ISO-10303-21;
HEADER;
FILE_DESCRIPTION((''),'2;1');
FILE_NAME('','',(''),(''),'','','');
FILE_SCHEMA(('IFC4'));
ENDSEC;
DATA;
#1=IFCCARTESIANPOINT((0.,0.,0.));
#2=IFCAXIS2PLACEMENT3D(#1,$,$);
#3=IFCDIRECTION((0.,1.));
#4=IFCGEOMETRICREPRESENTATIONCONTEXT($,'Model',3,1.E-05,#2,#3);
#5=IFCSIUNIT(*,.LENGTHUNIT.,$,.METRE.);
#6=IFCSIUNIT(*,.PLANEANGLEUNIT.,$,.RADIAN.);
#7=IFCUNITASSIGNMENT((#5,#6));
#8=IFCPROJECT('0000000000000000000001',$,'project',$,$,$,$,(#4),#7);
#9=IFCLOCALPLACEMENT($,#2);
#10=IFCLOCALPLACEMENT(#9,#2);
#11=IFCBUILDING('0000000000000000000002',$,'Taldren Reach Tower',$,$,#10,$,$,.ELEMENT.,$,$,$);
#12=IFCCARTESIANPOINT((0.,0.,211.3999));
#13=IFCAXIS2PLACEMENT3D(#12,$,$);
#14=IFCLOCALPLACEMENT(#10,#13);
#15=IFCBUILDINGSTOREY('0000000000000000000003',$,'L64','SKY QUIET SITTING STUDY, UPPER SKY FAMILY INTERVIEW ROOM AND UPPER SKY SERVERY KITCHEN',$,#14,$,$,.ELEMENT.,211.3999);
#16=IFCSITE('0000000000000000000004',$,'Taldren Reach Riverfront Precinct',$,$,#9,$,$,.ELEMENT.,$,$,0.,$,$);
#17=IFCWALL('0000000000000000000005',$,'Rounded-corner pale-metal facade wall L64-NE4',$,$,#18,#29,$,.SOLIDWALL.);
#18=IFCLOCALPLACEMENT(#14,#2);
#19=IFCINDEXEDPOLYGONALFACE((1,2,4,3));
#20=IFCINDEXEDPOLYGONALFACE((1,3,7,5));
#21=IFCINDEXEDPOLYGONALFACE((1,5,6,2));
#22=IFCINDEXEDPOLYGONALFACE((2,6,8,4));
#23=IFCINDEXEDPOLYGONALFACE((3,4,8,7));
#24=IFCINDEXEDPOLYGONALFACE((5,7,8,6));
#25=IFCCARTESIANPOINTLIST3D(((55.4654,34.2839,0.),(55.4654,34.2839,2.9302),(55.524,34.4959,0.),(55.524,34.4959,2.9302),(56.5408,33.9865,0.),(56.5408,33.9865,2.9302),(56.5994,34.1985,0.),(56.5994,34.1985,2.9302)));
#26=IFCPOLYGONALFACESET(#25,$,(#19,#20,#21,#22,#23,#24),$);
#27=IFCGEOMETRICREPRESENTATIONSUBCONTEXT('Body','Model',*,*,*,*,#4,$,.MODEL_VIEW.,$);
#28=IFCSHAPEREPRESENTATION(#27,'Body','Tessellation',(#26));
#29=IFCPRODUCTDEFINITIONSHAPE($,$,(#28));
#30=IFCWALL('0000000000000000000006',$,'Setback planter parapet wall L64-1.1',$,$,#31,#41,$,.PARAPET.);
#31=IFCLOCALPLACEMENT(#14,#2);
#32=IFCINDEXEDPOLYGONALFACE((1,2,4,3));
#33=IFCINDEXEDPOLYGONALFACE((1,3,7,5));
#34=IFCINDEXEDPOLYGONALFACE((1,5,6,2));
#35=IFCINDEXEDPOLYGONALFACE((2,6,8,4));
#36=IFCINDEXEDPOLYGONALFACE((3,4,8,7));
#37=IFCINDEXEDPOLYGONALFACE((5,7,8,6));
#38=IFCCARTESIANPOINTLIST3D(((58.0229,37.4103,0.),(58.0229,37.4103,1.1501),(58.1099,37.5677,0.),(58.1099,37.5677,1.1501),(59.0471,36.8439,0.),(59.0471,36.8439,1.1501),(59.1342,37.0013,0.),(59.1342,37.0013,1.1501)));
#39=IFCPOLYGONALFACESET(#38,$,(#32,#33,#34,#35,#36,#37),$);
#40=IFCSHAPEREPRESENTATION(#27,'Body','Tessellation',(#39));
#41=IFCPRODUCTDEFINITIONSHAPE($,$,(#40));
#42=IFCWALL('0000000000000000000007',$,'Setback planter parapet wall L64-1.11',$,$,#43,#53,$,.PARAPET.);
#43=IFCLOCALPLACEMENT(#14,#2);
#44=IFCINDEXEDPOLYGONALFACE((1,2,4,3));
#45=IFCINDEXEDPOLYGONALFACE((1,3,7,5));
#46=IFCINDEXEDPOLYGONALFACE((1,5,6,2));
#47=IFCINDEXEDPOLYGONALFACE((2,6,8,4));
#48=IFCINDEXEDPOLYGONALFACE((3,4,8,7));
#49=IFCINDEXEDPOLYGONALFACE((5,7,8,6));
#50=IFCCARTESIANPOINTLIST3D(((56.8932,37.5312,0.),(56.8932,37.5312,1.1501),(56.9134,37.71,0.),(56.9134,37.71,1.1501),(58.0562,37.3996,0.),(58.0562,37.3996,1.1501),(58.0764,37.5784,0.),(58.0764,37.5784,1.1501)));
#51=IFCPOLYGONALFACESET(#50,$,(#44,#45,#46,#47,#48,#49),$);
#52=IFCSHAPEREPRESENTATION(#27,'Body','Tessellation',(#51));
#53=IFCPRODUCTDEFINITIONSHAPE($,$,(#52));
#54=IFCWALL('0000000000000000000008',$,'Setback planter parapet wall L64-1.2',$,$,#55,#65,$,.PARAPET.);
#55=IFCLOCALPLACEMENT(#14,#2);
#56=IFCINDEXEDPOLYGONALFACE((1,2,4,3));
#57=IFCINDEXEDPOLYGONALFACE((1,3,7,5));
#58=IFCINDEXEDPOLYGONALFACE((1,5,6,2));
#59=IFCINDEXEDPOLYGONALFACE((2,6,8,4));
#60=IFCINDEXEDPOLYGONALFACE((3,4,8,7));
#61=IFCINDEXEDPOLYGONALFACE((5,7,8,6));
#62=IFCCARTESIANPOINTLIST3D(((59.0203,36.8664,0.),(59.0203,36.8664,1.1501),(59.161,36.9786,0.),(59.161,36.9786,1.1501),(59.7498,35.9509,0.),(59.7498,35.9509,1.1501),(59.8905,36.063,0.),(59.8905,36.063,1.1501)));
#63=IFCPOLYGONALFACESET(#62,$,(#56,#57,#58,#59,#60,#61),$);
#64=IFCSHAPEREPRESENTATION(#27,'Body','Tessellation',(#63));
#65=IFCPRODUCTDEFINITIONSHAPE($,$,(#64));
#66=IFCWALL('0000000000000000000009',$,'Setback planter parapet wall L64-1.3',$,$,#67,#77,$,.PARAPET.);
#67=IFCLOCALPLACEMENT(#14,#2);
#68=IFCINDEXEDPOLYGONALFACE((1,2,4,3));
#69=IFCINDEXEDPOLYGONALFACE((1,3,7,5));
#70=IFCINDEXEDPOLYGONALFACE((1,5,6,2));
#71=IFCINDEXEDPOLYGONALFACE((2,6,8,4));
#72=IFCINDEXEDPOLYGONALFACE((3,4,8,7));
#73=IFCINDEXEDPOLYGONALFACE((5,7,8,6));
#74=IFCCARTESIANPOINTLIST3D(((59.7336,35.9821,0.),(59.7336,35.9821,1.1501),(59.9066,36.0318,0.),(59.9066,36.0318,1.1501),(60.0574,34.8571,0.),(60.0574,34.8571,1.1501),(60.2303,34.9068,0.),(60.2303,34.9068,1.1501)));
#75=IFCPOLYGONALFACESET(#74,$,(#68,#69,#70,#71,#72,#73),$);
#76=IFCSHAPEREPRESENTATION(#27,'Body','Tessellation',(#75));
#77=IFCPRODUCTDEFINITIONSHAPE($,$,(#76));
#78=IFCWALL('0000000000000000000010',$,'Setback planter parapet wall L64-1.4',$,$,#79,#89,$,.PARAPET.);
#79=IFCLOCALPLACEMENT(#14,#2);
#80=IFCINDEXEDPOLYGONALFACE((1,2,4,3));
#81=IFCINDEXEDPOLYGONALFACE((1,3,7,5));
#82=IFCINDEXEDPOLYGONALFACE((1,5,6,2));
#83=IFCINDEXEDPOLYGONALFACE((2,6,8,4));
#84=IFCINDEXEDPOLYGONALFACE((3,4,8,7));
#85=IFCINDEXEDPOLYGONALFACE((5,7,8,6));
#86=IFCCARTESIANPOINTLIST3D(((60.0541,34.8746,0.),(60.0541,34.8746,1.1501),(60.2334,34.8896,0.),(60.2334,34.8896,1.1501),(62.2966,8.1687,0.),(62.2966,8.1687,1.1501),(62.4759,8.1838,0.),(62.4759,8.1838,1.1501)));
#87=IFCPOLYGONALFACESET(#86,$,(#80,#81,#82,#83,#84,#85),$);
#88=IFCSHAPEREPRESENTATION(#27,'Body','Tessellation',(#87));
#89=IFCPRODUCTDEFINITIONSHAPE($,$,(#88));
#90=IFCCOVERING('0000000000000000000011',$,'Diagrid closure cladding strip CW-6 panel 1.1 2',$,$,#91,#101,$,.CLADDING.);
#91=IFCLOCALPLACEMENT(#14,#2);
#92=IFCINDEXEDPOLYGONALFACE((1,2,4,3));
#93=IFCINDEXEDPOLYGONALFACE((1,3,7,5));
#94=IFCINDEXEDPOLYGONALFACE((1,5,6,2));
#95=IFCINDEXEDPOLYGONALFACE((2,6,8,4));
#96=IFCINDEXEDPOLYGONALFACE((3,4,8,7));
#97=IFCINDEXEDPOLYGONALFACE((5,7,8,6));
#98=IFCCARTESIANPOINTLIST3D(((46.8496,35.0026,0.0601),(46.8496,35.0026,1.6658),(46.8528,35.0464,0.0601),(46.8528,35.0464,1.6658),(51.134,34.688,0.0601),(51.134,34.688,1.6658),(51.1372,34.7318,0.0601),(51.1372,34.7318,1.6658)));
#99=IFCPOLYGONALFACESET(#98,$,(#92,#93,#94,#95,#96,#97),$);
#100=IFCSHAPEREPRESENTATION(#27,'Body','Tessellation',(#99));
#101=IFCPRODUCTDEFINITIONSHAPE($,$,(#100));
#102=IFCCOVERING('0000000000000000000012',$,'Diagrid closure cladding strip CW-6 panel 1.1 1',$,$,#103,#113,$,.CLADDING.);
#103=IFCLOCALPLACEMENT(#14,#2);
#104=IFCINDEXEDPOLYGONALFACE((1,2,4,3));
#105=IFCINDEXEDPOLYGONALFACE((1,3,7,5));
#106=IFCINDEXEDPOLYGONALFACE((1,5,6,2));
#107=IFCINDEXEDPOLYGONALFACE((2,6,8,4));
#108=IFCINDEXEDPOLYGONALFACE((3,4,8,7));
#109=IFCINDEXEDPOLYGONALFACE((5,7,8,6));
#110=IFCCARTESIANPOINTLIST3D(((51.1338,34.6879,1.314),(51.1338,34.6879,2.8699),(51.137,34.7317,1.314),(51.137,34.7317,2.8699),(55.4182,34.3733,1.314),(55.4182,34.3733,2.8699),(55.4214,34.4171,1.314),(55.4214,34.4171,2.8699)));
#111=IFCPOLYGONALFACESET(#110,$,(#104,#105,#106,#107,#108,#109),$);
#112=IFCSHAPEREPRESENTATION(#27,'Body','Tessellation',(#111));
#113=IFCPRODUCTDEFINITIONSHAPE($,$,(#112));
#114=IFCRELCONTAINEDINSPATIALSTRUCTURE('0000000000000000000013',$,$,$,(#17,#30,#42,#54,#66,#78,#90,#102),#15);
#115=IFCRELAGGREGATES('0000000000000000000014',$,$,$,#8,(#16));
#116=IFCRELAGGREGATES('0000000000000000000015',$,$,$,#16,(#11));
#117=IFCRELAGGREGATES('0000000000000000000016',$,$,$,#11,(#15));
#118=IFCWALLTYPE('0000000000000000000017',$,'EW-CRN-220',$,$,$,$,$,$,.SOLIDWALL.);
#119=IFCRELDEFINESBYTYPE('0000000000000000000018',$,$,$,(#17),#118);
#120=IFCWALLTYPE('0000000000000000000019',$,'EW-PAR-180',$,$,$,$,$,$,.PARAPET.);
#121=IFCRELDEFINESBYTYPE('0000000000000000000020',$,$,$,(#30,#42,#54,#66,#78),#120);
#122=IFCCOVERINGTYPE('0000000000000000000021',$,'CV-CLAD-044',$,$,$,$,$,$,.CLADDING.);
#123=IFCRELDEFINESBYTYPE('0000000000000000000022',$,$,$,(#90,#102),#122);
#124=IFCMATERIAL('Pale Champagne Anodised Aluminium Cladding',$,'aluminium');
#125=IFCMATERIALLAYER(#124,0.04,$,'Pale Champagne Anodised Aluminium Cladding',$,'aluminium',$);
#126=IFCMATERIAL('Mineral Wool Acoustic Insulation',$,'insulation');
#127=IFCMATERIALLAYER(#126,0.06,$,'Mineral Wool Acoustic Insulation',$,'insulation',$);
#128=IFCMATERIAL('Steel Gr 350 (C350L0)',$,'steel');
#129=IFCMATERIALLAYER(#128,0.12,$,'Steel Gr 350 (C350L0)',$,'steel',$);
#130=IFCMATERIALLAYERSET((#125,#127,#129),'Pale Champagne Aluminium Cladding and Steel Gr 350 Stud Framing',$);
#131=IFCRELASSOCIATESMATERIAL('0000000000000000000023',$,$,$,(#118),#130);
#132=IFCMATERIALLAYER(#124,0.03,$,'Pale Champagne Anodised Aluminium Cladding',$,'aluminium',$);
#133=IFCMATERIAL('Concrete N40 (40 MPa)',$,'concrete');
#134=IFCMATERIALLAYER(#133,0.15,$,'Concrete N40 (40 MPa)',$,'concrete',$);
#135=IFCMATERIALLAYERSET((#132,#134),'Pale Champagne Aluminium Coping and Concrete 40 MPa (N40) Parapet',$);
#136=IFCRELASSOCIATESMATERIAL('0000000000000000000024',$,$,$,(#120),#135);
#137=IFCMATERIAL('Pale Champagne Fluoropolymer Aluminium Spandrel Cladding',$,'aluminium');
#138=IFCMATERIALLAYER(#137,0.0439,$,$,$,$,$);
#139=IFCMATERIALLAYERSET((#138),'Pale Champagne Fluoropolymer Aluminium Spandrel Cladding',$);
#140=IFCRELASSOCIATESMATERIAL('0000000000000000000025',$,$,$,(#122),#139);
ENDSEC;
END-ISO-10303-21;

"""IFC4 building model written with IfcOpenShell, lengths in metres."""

from ifc_helpers import new_model, si_unit, direction, frame, frame_2d, origin, origin_2d, place, context, subcontext, project, spatial, rectangle, extrude, source, transform, mapped, material, layer, layer_set, type_object, element, save


model = new_model("IFC4")

# Units and contexts
model_context = context("Model", 3, precision=1e-05, world=origin(), true_north=direction((0.0, 1.0)))
body_context = subcontext(model_context, "Body", "Model", "MODEL_VIEW")
ifc_project = project(units=[si_unit("LENGTHUNIT", "METRE"), si_unit("PLANEANGLEUNIT", "RADIAN")], contexts=[model_context])

# Site, building, storey
site_placement = place(None, origin())
site = spatial("IfcSite", under=ifc_project, at=site_placement, Name="Taldren Reach Riverfront Precinct", CompositionType="ELEMENT", RefElevation=0.0)
building_placement = place(site_placement, origin())
building = spatial("IfcBuilding", under=site, at=building_placement, Name="Taldren Reach Tower", CompositionType="ELEMENT")
storey_placement = place(building_placement, frame((0.0, 0.0, 211.3999)))
storey = spatial("IfcBuildingStorey", under=building, at=storey_placement, Name="L64", Description="SKY QUIET SITTING STUDY, UPPER SKY FAMILY INTERVIEW ROOM AND UPPER SKY SERVERY KITCHEN", CompositionType="ELEMENT", Elevation=211.3999)

# Shared definitions
ifc_material_1 = material(Name="Steel Gr 350 (C350L0)", Category="steel")

# Walls
ifc_material_2 = material(Name="Pale Champagne Anodised Aluminium Cladding", Category="aluminium")
ifc_layer_1 = layer(ifc_material_2, 0.04, Name="Pale Champagne Anodised Aluminium Cladding", Category="aluminium")
ifc_material_3 = material(Name="Mineral Wool Acoustic Insulation", Category="insulation")
ifc_layer_2 = layer(ifc_material_3, 0.06, Name="Mineral Wool Acoustic Insulation", Category="insulation")
ifc_layer_3 = layer(ifc_material_1, 0.12, Name="Steel Gr 350 (C350L0)", Category="steel")
ifc_layer_set_1 = layer_set([ifc_layer_1, ifc_layer_2, ifc_layer_3], Name="Pale Champagne Aluminium Cladding and Steel Gr 350 Stud Framing")
wall_type_1 = type_object("IfcWallType", Name="EW-CRN-220", PredefinedType="SOLIDWALL", material=ifc_layer_set_1)
shared_shape_1 = source(origin(), body_context, "Body", "SweptSolid", [
    extrude(rectangle(XDim=1.1157, YDim=0.22, at=frame_2d((0.5579, 0.0))), origin(), (0.0, 0.0, 1.0), 2.9302),
])
for number, where, z_axis, x_axis, name in (
    (1, (56.5701, 34.0925, 0.0), (0.0, 0.0, 1.0), (-0.963834, 0.266504, 0.0), "Rounded-corner pale-metal facade wall L64-NE4"),
):
    element("IfcWall", number, at=place(storey_placement, frame(where, z_axis=z_axis, x_axis=x_axis)), inside=storey, type_object=wall_type_1, Name=name, PredefinedType="SOLIDWALL", context=body_context, shape_type="MappedRepresentation", body=[
        mapped(shared_shape_1, transform((0.0, 0.0, 0.0), scale=1.0)),
    ])
ifc_layer_4 = layer(ifc_material_2, 0.03, Name="Pale Champagne Anodised Aluminium Cladding", Category="aluminium")
ifc_material_4 = material(Name="Concrete N40 (40 MPa)", Category="concrete")
ifc_layer_5 = layer(ifc_material_4, 0.15, Name="Concrete N40 (40 MPa)", Category="concrete")
ifc_layer_set_2 = layer_set([ifc_layer_4, ifc_layer_5], Name="Pale Champagne Aluminium Coping and Concrete 40 MPa (N40) Parapet")
wall_type_2 = type_object("IfcWallType", Name="EW-PAR-180", PredefinedType="PARAPET", material=ifc_layer_set_2)
shared_shape_2 = source(origin(), body_context, "Body", "SweptSolid", [
    extrude(rectangle(XDim=1.1704, YDim=0.1799, at=frame_2d((0.5852, 0.0))), origin(), (0.0, 0.0, 1.0), 1.1501),
])
for number, where, z_axis, x_axis, name in (
    (2, (58.0664, 37.489, 0.0), (0.0, 0.0, 1.0), (0.87509, -0.483959, 0.0), "Setback planter parapet wall L64-1.1"),
    (3, (56.9033, 37.6206, 0.0), (0.0, 0.0, 1.0), (0.99366, -0.112423, 0.0), "Setback planter parapet wall L64-1.11"),
):
    element("IfcWall", number, at=place(storey_placement, frame(where, z_axis=z_axis, x_axis=x_axis)), inside=storey, type_object=wall_type_2, Name=name, PredefinedType="PARAPET", context=body_context, shape_type="MappedRepresentation", body=[
        mapped(shared_shape_2, transform((0.0, 0.0, 0.0), scale=1.0)),
    ])
shared_shape_3 = source(origin(), body_context, "Body", "SweptSolid", [
    extrude(rectangle(XDim=1.1707, YDim=0.1799, at=frame_2d((0.5854, 0.0))), origin(), (0.0, 0.0, 1.0), 1.1501),
])
for number, where, z_axis, x_axis, name in (
    (4, (59.0906, 36.9226, 0.0), (0.0, 0.0, 1.0), (0.623168, -0.782088, 0.0), "Setback planter parapet wall L64-1.2"),
    (5, (59.8201, 36.0071, 0.0), (0.0, 0.0, 1.0), (0.276539, -0.961003, 0.0), "Setback planter parapet wall L64-1.3"),
):
    element("IfcWall", number, at=place(storey_placement, frame(where, z_axis=z_axis, x_axis=x_axis)), inside=storey, type_object=wall_type_2, Name=name, PredefinedType="PARAPET", context=body_context, shape_type="MappedRepresentation", body=[
        mapped(shared_shape_3, transform((0.0, 0.0, 0.0), scale=1.0)),
    ])
shared_shape_4 = source(origin(), body_context, "Body", "SweptSolid", [
    extrude(rectangle(XDim=26.7998, YDim=0.1799, at=frame_2d((13.3999, 0.0))), origin(), (0.0, 0.0, 1.0), 1.1501),
])
wall_1_placement = place(storey_placement, frame((60.1438, 34.8821, 0.0), z_axis=(0.0, 0.0, 1.0), x_axis=(0.083673, -0.996493, 0.0)))
element("IfcWall", 6, at=wall_1_placement, inside=storey, type_object=wall_type_2, Name="Setback planter parapet wall L64-1.4", PredefinedType="PARAPET", context=body_context, shape_type="MappedRepresentation", body=[
    mapped(shared_shape_4, transform((0.0, 0.0, 0.0), scale=1.0)),
])

# Coverings
ifc_material_5 = material(Name="Pale Champagne Fluoropolymer Aluminium Spandrel Cladding", Category="aluminium")
ifc_layer_6 = layer(ifc_material_5, 0.0439)
ifc_layer_set_3 = layer_set([ifc_layer_6], Name="Pale Champagne Fluoropolymer Aluminium Spandrel Cladding")
covering_type = type_object("IfcCoveringType", Name="CV-CLAD-044", PredefinedType="CLADDING", material=ifc_layer_set_3)
shared_shape_5 = source(origin(), body_context, "Body", "SweptSolid", [
    extrude(rectangle(XDim=4.2959, YDim=0.0439, at=origin_2d()), origin(), (0.0, 0.0, 1.0), 1.6057),
])
covering_1_placement = place(storey_placement, frame((48.9934, 34.8672, 0.0601), z_axis=(0.0, 0.0, 1.0), x_axis=(-0.997314, 0.073238, 0.0)))
element("IfcCovering", 7, at=covering_1_placement, inside=storey, type_object=covering_type, Name="Diagrid closure cladding strip CW-6 panel 1.1 2", PredefinedType="CLADDING", context=body_context, shape_type="MappedRepresentation", body=[
    mapped(shared_shape_5, transform((0.0, 0.0, 0.0), scale=1.0)),
])
shared_shape_6 = source(origin(), body_context, "Body", "SweptSolid", [
    extrude(rectangle(XDim=4.2959, YDim=0.0439, at=origin_2d()), origin(), (0.0, 0.0, 1.0), 1.5559),
])
covering_2_placement = place(storey_placement, frame((53.2776, 34.5525, 1.314), z_axis=(0.0, 0.0, 1.0), x_axis=(-0.997314, 0.073238, 0.0)))
element("IfcCovering", 8, at=covering_2_placement, inside=storey, type_object=covering_type, Name="Diagrid closure cladding strip CW-6 panel 1.1 1", PredefinedType="CLADDING", context=body_context, shape_type="MappedRepresentation", body=[
    mapped(shared_shape_6, transform((0.0, 0.0, 0.0), scale=1.0)),
])

save(model, "model.ifc")
